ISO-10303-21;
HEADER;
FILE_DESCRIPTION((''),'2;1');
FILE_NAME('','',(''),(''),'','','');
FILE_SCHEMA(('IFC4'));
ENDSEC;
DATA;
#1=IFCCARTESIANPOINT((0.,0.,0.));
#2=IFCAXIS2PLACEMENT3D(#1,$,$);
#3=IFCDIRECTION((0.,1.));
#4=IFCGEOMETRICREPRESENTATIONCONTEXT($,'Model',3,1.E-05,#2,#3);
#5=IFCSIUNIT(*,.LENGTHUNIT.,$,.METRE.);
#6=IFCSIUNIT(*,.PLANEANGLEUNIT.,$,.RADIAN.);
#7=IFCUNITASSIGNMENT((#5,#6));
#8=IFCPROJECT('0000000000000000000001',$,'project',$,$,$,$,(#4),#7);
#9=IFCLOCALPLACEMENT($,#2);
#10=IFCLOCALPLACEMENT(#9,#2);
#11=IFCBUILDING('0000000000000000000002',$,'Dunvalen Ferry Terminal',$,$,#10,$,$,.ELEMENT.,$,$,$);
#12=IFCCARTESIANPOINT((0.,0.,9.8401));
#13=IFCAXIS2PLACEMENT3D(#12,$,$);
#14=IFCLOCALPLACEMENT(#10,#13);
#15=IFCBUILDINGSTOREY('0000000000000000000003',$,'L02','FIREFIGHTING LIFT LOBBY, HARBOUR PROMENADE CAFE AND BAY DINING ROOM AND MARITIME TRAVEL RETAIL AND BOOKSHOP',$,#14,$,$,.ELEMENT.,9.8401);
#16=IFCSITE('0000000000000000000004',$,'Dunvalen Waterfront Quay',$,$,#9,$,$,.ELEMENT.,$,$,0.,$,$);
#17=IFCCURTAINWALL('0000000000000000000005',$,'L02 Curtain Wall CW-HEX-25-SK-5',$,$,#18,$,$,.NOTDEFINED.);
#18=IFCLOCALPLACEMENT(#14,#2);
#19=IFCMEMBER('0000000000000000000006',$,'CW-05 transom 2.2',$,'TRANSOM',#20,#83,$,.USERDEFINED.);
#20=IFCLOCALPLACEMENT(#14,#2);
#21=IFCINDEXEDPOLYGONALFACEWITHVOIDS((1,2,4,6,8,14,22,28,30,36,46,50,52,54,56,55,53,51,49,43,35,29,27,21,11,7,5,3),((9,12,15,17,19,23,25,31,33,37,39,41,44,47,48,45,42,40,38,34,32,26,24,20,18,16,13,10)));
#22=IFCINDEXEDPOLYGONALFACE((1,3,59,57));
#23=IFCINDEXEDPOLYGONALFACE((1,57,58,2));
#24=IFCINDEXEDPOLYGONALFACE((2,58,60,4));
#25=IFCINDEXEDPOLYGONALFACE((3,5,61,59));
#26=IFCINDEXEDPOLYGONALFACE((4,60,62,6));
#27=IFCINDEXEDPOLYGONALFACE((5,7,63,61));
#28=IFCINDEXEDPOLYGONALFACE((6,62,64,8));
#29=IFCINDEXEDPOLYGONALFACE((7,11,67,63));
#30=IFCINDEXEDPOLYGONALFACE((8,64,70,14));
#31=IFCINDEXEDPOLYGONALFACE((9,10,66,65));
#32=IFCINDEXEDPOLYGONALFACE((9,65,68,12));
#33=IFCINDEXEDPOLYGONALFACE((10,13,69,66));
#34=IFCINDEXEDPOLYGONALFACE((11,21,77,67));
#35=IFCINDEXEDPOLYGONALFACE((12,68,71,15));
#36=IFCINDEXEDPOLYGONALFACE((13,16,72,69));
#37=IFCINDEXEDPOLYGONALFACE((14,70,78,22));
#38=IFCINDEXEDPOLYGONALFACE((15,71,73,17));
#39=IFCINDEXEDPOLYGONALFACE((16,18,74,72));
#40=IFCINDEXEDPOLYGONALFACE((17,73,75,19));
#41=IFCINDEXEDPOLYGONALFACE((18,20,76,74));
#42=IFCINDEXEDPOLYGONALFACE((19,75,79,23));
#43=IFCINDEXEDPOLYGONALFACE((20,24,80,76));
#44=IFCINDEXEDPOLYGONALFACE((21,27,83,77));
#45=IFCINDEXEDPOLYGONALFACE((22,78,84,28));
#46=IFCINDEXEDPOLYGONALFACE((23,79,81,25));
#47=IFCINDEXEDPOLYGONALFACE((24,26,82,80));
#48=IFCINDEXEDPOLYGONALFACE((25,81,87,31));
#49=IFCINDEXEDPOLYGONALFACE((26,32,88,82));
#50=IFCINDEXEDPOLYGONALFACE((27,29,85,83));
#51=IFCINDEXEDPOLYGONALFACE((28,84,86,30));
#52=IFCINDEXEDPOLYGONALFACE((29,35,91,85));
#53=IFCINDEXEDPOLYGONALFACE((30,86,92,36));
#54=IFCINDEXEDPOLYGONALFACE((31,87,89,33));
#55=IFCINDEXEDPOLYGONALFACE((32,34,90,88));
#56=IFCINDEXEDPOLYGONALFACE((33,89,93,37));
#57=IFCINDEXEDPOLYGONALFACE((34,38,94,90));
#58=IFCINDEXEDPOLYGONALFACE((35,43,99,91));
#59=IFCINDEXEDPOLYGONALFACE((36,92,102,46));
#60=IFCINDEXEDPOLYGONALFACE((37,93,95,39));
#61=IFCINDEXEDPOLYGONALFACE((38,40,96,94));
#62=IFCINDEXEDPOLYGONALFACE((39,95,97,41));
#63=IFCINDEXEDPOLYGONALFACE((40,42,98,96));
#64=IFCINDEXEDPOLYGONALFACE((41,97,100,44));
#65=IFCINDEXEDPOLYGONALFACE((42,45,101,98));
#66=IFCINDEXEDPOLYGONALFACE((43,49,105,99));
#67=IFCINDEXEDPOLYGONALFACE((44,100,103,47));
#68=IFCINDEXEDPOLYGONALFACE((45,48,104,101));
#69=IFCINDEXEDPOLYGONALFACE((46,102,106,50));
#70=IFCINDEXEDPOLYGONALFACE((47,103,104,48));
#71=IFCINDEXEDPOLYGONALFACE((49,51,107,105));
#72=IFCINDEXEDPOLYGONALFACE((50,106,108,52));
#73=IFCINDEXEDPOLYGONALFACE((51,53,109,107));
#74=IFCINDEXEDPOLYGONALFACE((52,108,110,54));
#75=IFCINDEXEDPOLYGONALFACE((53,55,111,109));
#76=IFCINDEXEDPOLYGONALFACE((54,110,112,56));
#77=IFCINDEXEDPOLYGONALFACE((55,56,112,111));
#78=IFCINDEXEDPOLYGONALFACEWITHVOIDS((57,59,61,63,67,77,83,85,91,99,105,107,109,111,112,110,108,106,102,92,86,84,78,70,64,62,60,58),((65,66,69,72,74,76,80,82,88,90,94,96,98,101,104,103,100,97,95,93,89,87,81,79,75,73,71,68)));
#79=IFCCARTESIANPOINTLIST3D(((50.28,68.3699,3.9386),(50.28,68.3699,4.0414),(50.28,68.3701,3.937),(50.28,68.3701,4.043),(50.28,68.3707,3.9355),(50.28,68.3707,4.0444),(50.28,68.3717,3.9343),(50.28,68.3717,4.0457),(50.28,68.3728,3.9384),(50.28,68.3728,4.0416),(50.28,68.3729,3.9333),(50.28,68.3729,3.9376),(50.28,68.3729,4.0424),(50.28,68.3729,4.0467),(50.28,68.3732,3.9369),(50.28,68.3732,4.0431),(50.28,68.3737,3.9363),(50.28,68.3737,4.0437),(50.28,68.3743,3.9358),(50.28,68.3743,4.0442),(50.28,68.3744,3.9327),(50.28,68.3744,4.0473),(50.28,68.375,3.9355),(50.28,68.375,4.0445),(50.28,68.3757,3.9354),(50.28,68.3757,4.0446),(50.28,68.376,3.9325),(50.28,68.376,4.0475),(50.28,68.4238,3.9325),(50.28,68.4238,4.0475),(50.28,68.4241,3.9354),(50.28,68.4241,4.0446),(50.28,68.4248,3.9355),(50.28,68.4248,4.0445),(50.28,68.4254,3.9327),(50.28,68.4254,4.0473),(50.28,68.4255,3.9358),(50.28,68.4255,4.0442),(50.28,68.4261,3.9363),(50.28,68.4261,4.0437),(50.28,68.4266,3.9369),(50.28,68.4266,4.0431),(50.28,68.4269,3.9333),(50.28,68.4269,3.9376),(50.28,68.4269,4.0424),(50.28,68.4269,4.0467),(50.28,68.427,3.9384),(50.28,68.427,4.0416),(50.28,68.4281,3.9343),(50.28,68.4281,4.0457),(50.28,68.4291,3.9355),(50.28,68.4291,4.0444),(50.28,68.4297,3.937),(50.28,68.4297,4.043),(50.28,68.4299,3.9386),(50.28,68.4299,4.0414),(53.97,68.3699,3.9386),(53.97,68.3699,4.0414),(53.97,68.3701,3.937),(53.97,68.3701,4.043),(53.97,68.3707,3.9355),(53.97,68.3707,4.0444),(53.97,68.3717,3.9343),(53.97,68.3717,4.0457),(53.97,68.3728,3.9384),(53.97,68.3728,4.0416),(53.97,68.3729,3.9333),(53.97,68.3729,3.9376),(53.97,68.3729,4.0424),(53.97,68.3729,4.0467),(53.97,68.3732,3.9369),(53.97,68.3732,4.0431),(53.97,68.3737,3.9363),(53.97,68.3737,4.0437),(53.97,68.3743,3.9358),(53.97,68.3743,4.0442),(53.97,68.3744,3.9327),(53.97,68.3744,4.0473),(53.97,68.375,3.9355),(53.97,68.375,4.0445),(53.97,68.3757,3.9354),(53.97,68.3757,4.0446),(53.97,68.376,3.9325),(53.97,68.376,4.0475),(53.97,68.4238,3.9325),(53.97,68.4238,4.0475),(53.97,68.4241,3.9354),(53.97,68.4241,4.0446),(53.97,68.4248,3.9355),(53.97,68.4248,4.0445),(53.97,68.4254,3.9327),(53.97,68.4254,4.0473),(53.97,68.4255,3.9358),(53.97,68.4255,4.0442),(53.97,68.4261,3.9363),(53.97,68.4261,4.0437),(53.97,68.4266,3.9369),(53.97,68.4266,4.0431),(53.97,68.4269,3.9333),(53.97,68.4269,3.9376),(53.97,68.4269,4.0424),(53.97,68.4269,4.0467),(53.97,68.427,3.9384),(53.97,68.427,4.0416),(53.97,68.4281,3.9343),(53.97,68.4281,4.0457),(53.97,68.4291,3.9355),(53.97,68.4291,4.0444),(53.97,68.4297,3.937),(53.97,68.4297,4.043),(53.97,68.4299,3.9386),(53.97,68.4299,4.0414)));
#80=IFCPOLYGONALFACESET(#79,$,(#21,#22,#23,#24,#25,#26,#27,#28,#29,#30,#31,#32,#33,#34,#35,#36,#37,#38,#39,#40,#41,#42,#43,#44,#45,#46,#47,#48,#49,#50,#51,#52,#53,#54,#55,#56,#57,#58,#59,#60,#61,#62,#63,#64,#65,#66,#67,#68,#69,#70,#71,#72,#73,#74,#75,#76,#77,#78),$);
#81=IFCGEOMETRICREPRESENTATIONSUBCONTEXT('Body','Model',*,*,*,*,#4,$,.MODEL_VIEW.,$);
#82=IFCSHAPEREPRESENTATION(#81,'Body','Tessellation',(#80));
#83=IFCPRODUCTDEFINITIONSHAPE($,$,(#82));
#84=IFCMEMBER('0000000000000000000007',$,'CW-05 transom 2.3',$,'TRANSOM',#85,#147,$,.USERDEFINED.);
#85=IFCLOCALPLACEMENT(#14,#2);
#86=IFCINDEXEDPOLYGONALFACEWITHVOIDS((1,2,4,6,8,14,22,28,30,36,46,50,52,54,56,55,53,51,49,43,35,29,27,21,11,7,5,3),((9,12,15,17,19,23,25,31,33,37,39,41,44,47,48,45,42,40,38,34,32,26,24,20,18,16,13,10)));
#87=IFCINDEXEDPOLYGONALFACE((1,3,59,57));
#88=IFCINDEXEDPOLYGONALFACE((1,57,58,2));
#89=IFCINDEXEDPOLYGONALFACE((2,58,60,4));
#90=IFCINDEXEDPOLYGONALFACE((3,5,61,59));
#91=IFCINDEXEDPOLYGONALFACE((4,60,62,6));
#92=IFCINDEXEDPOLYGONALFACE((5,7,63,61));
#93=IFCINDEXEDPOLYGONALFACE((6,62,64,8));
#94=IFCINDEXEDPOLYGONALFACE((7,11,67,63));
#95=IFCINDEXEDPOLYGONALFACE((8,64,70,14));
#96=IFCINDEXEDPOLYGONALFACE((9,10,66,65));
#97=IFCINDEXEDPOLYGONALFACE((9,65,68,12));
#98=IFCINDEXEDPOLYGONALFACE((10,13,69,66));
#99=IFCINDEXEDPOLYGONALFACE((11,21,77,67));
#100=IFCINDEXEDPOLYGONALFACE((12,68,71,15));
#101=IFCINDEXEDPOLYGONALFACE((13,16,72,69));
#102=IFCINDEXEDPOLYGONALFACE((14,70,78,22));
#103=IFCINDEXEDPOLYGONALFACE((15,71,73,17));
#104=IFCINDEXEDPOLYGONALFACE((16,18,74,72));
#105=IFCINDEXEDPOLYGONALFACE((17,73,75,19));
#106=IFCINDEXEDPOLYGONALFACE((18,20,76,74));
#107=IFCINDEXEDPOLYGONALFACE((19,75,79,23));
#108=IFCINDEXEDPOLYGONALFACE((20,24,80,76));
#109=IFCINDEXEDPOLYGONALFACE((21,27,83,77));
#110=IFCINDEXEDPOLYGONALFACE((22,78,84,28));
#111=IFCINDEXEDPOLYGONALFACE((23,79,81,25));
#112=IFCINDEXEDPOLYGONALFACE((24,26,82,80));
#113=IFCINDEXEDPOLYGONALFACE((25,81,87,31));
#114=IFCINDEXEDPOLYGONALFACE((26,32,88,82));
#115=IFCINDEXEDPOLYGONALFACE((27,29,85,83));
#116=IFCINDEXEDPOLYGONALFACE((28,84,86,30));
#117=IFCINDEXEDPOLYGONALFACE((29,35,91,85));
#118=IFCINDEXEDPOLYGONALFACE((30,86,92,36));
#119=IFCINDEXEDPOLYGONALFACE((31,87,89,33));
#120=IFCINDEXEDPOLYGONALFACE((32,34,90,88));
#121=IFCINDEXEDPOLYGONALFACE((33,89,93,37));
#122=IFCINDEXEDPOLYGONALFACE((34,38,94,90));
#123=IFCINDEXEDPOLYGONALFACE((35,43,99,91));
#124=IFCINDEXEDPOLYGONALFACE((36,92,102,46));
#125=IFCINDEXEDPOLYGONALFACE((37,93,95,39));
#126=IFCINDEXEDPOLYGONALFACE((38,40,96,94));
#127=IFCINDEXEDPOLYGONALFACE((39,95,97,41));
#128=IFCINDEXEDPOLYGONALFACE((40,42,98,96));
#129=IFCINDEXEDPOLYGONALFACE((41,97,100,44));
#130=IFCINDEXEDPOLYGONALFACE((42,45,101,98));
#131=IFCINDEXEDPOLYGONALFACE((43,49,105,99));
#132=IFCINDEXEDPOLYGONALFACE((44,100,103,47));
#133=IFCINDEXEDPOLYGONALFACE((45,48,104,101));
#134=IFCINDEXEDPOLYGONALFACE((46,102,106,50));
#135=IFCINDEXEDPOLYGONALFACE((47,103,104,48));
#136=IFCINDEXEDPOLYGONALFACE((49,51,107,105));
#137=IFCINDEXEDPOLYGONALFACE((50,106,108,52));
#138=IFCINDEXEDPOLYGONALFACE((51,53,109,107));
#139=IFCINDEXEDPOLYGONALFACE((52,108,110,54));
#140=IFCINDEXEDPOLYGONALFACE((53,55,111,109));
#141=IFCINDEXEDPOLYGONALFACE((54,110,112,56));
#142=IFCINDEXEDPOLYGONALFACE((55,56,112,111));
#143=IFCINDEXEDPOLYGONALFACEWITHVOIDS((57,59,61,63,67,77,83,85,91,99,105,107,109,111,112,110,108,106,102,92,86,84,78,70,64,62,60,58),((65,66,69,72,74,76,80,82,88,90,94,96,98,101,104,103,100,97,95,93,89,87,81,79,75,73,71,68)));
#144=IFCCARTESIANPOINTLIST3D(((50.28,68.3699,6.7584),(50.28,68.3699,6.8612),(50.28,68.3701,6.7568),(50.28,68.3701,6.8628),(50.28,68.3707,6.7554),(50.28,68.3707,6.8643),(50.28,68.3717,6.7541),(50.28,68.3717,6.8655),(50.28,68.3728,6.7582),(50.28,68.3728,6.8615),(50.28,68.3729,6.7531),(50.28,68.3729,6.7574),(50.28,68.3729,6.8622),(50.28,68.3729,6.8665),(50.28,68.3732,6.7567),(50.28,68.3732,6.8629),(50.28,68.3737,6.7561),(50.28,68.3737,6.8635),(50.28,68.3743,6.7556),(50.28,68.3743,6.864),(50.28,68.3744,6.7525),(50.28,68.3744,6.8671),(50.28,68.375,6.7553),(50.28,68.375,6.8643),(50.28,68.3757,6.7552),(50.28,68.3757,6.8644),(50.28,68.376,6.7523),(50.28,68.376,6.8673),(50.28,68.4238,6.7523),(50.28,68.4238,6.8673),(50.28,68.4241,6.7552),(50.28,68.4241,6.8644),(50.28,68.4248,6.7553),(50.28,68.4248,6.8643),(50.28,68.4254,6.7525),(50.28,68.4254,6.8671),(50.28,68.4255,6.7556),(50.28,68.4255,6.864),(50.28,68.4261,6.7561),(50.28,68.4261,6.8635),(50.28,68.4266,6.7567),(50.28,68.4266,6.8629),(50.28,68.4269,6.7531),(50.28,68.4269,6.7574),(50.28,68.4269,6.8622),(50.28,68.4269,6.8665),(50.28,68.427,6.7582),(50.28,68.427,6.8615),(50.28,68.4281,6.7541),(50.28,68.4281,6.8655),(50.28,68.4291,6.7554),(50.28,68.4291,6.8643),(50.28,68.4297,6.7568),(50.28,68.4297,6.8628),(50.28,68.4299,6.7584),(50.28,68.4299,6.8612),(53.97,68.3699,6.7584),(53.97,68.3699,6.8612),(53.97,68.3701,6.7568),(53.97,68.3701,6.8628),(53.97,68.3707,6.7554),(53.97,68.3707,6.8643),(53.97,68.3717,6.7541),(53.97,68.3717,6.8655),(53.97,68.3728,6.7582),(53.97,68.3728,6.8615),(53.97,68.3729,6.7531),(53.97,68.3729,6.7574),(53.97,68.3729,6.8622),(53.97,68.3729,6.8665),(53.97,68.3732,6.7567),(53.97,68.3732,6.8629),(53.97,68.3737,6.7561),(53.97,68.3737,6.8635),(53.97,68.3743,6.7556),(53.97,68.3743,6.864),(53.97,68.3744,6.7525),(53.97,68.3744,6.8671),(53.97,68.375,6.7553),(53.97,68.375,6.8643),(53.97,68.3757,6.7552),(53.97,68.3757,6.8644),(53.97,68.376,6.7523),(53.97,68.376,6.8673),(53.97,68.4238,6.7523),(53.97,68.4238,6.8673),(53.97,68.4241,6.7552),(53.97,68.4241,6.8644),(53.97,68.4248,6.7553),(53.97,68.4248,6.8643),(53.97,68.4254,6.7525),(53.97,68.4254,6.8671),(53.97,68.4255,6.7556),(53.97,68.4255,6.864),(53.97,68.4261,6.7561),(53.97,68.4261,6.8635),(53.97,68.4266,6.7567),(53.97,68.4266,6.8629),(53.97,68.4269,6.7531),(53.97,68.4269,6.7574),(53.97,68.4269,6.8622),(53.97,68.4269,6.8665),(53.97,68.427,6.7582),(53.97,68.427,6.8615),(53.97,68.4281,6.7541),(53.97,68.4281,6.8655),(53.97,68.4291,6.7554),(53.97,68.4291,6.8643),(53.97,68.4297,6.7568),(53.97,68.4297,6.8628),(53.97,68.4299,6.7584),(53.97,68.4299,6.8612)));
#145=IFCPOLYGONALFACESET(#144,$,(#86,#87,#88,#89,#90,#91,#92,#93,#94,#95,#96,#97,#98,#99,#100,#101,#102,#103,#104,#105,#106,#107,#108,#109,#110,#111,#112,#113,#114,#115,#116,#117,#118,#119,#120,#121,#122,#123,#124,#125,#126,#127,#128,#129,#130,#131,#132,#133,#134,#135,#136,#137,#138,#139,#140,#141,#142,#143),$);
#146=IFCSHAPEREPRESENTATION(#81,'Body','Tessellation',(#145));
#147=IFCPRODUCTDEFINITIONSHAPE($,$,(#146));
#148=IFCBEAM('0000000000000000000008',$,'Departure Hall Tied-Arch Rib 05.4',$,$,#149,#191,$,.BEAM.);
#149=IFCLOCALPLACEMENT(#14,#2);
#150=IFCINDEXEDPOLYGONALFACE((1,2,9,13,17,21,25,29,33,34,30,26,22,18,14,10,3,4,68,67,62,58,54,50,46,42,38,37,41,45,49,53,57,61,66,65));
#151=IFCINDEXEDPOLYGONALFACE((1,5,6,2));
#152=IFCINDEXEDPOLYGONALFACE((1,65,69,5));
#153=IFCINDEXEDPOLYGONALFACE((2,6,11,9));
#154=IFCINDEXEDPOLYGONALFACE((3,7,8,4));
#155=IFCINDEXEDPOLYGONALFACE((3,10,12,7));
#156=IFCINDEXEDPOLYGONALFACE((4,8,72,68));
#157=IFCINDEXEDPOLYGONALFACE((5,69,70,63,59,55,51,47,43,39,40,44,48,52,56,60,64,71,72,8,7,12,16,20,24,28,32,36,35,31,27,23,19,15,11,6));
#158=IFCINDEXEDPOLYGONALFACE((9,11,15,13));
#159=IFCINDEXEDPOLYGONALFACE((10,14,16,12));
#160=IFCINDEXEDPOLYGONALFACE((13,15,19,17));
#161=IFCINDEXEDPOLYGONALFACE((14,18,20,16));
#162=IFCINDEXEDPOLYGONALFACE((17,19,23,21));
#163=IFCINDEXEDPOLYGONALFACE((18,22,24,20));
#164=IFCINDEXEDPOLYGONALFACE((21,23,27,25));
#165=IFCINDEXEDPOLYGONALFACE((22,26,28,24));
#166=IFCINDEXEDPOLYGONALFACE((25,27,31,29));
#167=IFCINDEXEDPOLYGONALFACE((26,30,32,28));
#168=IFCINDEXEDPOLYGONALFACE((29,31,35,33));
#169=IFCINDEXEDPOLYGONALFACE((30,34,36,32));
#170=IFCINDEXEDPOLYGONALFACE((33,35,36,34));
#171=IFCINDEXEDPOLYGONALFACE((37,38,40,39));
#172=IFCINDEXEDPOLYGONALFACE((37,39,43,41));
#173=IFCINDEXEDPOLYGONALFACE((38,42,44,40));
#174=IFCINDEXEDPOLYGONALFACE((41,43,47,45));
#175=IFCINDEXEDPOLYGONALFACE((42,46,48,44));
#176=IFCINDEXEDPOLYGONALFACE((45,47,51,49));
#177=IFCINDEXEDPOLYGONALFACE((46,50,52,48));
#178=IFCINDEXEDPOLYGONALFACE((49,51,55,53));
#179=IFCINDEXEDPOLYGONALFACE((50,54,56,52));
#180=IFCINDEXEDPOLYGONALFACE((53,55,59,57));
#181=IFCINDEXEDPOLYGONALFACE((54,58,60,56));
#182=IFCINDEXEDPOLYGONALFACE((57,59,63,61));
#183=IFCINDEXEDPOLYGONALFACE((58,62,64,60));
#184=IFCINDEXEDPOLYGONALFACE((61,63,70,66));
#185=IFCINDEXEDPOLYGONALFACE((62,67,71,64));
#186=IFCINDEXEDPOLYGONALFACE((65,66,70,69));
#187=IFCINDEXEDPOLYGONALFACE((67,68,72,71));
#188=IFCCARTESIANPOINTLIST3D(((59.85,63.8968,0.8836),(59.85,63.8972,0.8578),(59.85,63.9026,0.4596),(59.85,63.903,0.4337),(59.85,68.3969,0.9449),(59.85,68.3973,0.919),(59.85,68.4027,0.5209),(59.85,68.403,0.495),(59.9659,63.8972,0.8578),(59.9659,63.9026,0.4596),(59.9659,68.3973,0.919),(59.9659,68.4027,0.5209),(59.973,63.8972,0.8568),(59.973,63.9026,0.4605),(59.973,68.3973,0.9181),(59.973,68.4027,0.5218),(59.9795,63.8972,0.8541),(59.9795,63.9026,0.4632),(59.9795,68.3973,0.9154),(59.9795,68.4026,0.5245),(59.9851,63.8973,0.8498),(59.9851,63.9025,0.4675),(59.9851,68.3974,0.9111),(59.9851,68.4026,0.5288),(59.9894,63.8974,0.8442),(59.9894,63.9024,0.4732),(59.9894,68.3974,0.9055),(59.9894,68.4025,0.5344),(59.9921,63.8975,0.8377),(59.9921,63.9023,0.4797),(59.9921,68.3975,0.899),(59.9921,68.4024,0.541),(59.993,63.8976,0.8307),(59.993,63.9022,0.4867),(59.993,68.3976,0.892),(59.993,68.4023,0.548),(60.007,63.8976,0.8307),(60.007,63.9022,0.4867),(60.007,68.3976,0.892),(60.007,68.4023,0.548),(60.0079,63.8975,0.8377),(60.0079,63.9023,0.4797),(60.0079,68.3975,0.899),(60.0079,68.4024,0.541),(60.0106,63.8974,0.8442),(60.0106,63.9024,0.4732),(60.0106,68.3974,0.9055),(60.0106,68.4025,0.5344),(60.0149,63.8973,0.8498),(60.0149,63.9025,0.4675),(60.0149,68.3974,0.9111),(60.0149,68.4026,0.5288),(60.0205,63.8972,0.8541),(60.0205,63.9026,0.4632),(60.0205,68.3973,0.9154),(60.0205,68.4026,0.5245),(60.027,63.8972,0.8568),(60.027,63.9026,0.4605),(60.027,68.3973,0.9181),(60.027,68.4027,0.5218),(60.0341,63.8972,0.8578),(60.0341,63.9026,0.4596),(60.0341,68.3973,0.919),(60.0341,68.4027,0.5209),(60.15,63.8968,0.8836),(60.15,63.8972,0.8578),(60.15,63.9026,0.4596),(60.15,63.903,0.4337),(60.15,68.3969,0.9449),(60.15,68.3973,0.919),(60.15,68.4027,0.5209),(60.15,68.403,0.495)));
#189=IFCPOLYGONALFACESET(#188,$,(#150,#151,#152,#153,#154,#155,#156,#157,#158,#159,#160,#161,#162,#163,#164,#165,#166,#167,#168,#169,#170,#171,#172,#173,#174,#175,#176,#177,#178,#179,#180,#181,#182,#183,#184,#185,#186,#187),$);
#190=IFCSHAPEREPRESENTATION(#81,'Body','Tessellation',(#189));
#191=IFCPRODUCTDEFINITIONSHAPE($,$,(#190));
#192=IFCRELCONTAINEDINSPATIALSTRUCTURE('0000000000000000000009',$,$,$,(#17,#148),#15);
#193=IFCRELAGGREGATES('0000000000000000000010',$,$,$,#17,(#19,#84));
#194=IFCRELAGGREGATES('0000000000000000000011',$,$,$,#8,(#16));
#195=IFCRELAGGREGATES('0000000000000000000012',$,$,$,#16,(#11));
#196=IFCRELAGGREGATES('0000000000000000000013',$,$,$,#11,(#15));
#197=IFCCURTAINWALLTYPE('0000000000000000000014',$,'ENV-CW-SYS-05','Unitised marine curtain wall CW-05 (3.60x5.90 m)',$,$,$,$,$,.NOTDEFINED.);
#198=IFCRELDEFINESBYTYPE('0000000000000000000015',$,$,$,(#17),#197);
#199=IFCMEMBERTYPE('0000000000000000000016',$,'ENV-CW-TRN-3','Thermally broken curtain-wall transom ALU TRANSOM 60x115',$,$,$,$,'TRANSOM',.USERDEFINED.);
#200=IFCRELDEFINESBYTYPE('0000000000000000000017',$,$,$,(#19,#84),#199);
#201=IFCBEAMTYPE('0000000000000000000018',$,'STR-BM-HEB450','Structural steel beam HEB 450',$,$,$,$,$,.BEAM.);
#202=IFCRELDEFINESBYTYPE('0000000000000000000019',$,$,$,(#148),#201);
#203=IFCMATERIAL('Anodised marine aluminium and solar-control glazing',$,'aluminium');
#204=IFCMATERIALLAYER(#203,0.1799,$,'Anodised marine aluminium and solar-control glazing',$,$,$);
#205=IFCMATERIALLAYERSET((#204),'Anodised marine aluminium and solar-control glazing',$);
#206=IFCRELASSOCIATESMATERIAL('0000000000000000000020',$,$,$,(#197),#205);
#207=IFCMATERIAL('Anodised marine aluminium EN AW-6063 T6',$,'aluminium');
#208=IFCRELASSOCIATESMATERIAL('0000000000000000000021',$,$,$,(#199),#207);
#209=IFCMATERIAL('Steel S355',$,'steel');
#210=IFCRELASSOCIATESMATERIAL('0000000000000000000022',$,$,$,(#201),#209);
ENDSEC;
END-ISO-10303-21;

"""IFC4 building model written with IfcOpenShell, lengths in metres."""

from ifc_helpers import new_model, si_unit, direction, frame, origin, origin_2d, place, context, subcontext, project, spatial, hollow_rectangle, i_section, extrude, material, layer, layer_set, material_profile, profile_set, type_object, element, aggregate, save


model = new_model("IFC4")

# Units and contexts
model_context = context("Model", 3, precision=1e-05, world=origin(), true_north=direction((0.0, 1.0)))
body_context = subcontext(model_context, "Body", "Model", "MODEL_VIEW")
ifc_project = project(units=[si_unit("LENGTHUNIT", "METRE"), si_unit("PLANEANGLEUNIT", "RADIAN")], contexts=[model_context])

# Site, building, storey
site_placement = place(None, origin())
site = spatial("IfcSite", under=ifc_project, at=site_placement, Name="Dunvalen Waterfront Quay", CompositionType="ELEMENT", RefElevation=0.0)
building_placement = place(site_placement, origin())
building = spatial("IfcBuilding", under=site, at=building_placement, Name="Dunvalen Ferry Terminal", CompositionType="ELEMENT")
storey_placement = place(building_placement, frame((0.0, 0.0, 9.8401)))
storey = spatial("IfcBuildingStorey", under=building, at=storey_placement, Name="L02", Description="FIREFIGHTING LIFT LOBBY, HARBOUR PROMENADE CAFE AND BAY DINING ROOM AND MARITIME TRAVEL RETAIL AND BOOKSHOP", CompositionType="ELEMENT", Elevation=9.8401)

# Shared definitions
ifc_material_1 = material(Name="Anodised marine aluminium and solar-control glazing", Category="aluminium")
ifc_material_2 = material(Name="Anodised marine aluminium EN AW-6063 T6", Category="aluminium")

# Curtain wall, members
ifc_layer_1 = layer(ifc_material_1, 0.1799, Name="Anodised marine aluminium and solar-control glazing")
ifc_layer_set_1 = layer_set([ifc_layer_1], Name="Anodised marine aluminium and solar-control glazing")
curtain_wall_type_1 = type_object("IfcCurtainWallType", Name="ENV-CW-SYS-05", Description="Unitised marine curtain wall CW-05 (3.60x5.90 m)", PredefinedType="NOTDEFINED", material=ifc_layer_set_1)
curtain_wall_1_placement = place(storey_placement, origin())
curtain_wall_1 = element("IfcCurtainWall", 1, at=curtain_wall_1_placement, inside=storey, type_object=curtain_wall_type_1, Name="L02 Curtain Wall CW-HEX-25-SK-5", PredefinedType="NOTDEFINED")
ifc_material_profile_1 = material_profile(ifc_material_2, hollow_rectangle(XDim=0.0601, YDim=0.115, WallThickness=0.0029, InnerFilletRadius=0.0029, OuterFilletRadius=0.0061, at=origin_2d()), Name="Anodised marine aluminium EN AW-6063 T6")
ifc_profile_set_1 = profile_set([ifc_material_profile_1], Name="Anodised marine aluminium EN AW-6063 T6")
member_type_1 = type_object("IfcMemberType", Name="ENV-CW-TRN-3", Description="Thermally broken curtain-wall transom ALU TRANSOM 60x115", ElementType="TRANSOM", PredefinedType="USERDEFINED", material=ifc_profile_set_1)
member_1_placement = place(storey_placement, frame((53.97, 68.3999, 3.99), z_axis=(-1.0, 0.0, 0.0), x_axis=(0.0, -1.0, 0.0)))
member_1 = element("IfcMember", 2, at=member_1_placement, type_object=member_type_1, Name="CW-05 transom 2.2", ObjectType="TRANSOM", PredefinedType="USERDEFINED", context=body_context, shape_type="SweptSolid", body=[
    extrude(hollow_rectangle(XDim=0.0601, YDim=0.115, WallThickness=0.0029, InnerFilletRadius=0.0029, OuterFilletRadius=0.0061, at=origin_2d()), origin(), (0.0, 0.0, 1.0), 3.6899),
])
member_2_placement = place(storey_placement, frame((53.97, 68.3999, 6.8098), z_axis=(-1.0, 0.0, 0.0), x_axis=(0.0, -1.0, 0.0)))
member_2 = element("IfcMember", 3, at=member_2_placement, type_object=member_type_1, Name="CW-05 transom 2.3", ObjectType="TRANSOM", PredefinedType="USERDEFINED", context=body_context, shape_type="SweptSolid", body=[
    extrude(hollow_rectangle(XDim=0.0601, YDim=0.115, WallThickness=0.0029, InnerFilletRadius=0.0029, OuterFilletRadius=0.0061, at=origin_2d()), origin(), (0.0, 0.0, 1.0), 3.6899),
])

# Beam
ifc_material_3 = material(Name="Steel S355", Category="steel")
ifc_material_profile_2 = material_profile(ifc_material_3, i_section(OverallWidth=0.3, OverallDepth=0.45, WebThickness=0.0139, FlangeThickness=0.0259, FilletRadius=0.0271, at=origin_2d()), Name="Steel S355")
ifc_profile_set_2 = profile_set([ifc_material_profile_2], Name="Steel S355")
beam_type_1 = type_object("IfcBeamType", Name="STR-BM-HEB450", Description="Structural steel beam HEB 450", PredefinedType="BEAM", material=ifc_profile_set_2)
beam_1_placement = place(storey_placement, frame((60.0, 63.8999, 0.6587), z_axis=(0.0, 0.999907, 0.013616), x_axis=(-1.0, 0.0, 0.0)))
element("IfcBeam", 4, at=beam_1_placement, inside=storey, type_object=beam_type_1, Name="Departure Hall Tied-Arch Rib 05.4", PredefinedType="BEAM", context=body_context, shape_type="SweptSolid", body=[
    extrude(i_section(OverallWidth=0.3, OverallDepth=0.45, WebThickness=0.0139, FlangeThickness=0.0259, FilletRadius=0.0271, at=origin_2d()), origin(), (0.0, 0.0, 1.0), 4.5005),
])

aggregate(curtain_wall_1, [member_1, member_2])

save(model, "model.ifc")
